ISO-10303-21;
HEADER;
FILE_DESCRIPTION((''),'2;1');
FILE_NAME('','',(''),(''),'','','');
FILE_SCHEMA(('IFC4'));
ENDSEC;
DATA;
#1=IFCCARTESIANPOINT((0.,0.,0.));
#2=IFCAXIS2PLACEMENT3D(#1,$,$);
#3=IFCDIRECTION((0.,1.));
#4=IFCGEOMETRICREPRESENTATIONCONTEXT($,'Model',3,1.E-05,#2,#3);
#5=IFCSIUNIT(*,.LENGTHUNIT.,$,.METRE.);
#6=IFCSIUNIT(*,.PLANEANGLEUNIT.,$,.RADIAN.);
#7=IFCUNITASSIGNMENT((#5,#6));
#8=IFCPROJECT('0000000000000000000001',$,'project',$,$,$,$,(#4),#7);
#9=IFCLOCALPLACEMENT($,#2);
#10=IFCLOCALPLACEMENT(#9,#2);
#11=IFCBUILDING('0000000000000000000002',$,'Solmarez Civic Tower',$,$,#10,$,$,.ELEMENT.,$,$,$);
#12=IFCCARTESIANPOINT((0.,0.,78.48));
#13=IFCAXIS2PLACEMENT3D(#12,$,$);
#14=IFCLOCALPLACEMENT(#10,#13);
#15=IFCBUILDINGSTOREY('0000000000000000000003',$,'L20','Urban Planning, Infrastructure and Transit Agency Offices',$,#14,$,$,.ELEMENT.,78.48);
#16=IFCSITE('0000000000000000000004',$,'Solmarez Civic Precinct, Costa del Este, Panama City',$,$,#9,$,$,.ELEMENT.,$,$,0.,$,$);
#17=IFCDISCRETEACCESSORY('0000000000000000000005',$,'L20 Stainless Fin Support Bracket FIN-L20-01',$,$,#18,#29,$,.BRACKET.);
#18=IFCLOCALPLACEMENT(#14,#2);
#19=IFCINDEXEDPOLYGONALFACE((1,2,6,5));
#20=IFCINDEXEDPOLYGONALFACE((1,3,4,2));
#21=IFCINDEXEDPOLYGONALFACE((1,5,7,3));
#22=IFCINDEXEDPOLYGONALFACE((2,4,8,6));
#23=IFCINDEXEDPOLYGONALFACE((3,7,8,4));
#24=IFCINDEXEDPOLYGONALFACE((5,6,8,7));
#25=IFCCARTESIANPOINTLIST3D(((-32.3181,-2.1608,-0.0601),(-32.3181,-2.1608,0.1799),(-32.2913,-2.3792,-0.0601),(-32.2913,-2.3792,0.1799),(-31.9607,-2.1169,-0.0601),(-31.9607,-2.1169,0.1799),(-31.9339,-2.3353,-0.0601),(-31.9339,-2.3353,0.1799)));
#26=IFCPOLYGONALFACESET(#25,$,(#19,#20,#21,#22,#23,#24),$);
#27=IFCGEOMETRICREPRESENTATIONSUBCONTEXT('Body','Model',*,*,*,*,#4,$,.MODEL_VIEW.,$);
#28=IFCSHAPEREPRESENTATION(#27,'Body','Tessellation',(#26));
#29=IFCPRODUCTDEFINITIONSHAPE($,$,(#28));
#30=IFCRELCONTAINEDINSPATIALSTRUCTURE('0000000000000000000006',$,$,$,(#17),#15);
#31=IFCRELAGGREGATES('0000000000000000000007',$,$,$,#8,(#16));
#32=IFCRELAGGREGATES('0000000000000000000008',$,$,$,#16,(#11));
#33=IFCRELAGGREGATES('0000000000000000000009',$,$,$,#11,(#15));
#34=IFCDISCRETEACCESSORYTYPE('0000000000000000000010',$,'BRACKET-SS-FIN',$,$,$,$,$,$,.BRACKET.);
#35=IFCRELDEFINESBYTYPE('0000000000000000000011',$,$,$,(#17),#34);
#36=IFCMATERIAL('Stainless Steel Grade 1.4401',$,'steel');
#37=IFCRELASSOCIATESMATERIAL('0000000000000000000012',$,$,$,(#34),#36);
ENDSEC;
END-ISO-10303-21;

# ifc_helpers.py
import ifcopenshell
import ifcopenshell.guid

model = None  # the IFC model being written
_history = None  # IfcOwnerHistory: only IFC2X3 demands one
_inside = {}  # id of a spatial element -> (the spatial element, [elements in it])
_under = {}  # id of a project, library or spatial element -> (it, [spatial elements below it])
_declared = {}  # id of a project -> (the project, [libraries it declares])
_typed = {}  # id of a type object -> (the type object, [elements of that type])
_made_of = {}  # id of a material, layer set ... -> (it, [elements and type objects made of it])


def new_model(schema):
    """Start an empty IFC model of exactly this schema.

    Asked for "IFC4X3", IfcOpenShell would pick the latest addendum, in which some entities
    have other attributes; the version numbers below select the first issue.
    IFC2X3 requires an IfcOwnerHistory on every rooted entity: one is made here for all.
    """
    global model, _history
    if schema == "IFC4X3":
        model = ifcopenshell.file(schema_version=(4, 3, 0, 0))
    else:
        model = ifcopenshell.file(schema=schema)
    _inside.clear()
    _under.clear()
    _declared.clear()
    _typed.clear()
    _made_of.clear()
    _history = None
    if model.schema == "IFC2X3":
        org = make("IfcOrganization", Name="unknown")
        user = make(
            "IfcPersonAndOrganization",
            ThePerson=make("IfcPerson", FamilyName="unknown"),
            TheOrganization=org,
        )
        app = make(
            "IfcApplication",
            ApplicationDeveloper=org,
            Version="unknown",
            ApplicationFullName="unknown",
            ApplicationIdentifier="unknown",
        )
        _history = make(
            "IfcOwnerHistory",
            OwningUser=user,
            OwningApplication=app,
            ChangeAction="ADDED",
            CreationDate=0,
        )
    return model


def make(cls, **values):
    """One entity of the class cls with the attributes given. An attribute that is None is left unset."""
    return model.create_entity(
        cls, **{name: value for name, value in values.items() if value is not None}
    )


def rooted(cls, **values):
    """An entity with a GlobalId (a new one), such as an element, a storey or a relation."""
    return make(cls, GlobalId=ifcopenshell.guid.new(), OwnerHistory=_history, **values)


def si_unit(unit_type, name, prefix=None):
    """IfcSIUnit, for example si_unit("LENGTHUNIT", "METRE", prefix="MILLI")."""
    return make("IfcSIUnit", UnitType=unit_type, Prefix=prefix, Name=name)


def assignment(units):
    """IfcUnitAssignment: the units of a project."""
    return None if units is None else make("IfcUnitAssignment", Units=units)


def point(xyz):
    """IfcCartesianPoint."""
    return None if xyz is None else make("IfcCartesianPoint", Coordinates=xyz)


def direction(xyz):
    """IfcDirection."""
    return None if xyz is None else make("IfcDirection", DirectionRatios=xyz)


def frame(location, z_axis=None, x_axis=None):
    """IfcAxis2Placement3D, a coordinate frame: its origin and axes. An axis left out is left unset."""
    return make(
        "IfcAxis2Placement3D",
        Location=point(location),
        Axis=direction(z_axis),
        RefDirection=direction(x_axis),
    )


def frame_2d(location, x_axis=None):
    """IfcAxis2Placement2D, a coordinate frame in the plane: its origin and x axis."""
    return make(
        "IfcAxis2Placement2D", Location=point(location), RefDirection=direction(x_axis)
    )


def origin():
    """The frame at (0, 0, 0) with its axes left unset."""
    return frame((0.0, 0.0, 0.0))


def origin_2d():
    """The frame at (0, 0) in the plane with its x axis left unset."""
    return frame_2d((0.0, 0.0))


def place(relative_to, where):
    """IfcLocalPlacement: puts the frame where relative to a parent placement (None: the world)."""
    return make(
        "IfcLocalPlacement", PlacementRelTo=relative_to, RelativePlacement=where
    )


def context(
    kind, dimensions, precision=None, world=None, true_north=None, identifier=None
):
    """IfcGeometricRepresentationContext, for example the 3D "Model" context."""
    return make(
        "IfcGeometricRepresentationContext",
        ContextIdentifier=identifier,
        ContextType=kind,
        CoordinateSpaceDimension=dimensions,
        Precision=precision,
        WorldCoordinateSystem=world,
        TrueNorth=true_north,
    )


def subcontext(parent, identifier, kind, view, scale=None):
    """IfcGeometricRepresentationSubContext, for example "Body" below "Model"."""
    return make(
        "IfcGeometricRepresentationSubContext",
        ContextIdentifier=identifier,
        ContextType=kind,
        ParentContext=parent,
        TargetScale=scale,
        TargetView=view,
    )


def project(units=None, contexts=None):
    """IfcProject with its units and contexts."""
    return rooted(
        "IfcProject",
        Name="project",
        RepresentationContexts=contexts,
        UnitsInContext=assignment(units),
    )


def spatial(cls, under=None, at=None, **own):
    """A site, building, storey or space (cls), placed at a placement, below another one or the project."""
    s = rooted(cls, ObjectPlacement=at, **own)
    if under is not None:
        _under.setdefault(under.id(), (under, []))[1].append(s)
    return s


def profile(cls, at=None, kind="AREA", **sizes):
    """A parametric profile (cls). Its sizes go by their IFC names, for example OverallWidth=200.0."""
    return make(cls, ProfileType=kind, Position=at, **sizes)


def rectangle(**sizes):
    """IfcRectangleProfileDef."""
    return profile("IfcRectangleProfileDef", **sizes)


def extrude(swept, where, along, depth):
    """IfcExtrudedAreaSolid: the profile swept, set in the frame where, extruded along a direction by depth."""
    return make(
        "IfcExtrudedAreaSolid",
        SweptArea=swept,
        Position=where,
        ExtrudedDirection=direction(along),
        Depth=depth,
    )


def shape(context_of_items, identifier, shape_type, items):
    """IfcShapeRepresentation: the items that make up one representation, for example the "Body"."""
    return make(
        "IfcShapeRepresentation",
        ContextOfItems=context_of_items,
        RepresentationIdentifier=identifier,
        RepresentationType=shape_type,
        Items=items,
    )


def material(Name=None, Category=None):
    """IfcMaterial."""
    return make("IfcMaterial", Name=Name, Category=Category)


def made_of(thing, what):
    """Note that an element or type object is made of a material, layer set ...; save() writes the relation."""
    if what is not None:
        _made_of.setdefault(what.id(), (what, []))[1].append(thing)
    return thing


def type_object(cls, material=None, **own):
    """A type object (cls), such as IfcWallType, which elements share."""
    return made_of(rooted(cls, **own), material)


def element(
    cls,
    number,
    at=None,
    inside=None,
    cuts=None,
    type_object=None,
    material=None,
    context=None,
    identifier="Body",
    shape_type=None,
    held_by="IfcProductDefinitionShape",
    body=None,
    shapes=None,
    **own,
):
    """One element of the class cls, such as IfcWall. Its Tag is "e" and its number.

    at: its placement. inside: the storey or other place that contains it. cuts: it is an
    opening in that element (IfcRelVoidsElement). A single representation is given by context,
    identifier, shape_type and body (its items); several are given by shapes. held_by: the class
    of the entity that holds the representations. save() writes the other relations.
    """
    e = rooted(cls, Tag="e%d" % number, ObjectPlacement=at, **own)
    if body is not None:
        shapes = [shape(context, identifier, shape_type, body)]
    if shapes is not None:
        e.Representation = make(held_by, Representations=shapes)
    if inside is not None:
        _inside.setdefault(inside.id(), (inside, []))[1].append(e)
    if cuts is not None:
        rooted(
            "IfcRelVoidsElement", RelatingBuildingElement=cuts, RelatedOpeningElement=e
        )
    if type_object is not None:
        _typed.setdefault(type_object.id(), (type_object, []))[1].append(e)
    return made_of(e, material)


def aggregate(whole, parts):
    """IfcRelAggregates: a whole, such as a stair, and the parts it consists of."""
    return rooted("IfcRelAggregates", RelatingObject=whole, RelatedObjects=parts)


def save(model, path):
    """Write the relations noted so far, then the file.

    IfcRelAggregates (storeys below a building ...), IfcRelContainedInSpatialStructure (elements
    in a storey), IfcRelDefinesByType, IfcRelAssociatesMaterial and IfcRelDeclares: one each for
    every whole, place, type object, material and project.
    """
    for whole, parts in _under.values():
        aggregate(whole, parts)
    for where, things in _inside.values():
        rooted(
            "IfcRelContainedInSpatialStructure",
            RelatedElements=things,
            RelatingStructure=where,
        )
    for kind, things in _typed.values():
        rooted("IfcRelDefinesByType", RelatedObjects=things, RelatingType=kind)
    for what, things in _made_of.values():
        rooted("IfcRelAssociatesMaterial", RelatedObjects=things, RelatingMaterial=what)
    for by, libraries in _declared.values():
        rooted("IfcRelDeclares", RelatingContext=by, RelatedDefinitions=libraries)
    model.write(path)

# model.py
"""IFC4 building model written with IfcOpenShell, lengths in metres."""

from ifc_helpers import new_model, si_unit, direction, frame, origin, origin_2d, place, context, subcontext, project, spatial, rectangle, extrude, material, type_object, element, save


model = new_model("IFC4")

# Units and contexts
model_context = context("Model", 3, precision=1e-05, world=origin(), true_north=direction((0.0, 1.0)))
body_context = subcontext(model_context, "Body", "Model", "MODEL_VIEW")
ifc_project = project(units=[si_unit("LENGTHUNIT", "METRE"), si_unit("PLANEANGLEUNIT", "RADIAN")], contexts=[model_context])

# Site, building, storey
site_placement = place(None, origin())
site = spatial("IfcSite", under=ifc_project, at=site_placement, Name="Solmarez Civic Precinct, Costa del Este, Panama City", CompositionType="ELEMENT", RefElevation=0.0)
building_placement = place(site_placement, origin())
building = spatial("IfcBuilding", under=site, at=building_placement, Name="Solmarez Civic Tower", CompositionType="ELEMENT")
storey_placement = place(building_placement, frame((0.0, 0.0, 78.48)))
storey = spatial("IfcBuildingStorey", under=building, at=storey_placement, Name="L20", Description="Urban Planning, Infrastructure and Transit Agency Offices", CompositionType="ELEMENT", Elevation=78.48)

# Discrete accessory
ifc_material_1 = material(Name="Stainless Steel Grade 1.4401", Category="steel")
discrete_accessory_type = type_object("IfcDiscreteAccessoryType", Name="BRACKET-SS-FIN", PredefinedType="BRACKET", material=ifc_material_1)
discrete_accessory_placement = place(storey_placement, frame((-32.126, -2.248, -0.0601), z_axis=(0.0, 0.0, 1.0), x_axis=(-0.992547, -0.121863, 0.0)))
element("IfcDiscreteAccessory", 1, at=discrete_accessory_placement, inside=storey, type_object=discrete_accessory_type, Name="L20 Stainless Fin Support Bracket FIN-L20-01", PredefinedType="BRACKET", context=body_context, shape_type="SweptSolid", body=[
    extrude(rectangle(XDim=0.3601, YDim=0.22, at=origin_2d()), origin(), (0.0, 0.0, 1.0), 0.24),
])

save(model, "model.ifc")
